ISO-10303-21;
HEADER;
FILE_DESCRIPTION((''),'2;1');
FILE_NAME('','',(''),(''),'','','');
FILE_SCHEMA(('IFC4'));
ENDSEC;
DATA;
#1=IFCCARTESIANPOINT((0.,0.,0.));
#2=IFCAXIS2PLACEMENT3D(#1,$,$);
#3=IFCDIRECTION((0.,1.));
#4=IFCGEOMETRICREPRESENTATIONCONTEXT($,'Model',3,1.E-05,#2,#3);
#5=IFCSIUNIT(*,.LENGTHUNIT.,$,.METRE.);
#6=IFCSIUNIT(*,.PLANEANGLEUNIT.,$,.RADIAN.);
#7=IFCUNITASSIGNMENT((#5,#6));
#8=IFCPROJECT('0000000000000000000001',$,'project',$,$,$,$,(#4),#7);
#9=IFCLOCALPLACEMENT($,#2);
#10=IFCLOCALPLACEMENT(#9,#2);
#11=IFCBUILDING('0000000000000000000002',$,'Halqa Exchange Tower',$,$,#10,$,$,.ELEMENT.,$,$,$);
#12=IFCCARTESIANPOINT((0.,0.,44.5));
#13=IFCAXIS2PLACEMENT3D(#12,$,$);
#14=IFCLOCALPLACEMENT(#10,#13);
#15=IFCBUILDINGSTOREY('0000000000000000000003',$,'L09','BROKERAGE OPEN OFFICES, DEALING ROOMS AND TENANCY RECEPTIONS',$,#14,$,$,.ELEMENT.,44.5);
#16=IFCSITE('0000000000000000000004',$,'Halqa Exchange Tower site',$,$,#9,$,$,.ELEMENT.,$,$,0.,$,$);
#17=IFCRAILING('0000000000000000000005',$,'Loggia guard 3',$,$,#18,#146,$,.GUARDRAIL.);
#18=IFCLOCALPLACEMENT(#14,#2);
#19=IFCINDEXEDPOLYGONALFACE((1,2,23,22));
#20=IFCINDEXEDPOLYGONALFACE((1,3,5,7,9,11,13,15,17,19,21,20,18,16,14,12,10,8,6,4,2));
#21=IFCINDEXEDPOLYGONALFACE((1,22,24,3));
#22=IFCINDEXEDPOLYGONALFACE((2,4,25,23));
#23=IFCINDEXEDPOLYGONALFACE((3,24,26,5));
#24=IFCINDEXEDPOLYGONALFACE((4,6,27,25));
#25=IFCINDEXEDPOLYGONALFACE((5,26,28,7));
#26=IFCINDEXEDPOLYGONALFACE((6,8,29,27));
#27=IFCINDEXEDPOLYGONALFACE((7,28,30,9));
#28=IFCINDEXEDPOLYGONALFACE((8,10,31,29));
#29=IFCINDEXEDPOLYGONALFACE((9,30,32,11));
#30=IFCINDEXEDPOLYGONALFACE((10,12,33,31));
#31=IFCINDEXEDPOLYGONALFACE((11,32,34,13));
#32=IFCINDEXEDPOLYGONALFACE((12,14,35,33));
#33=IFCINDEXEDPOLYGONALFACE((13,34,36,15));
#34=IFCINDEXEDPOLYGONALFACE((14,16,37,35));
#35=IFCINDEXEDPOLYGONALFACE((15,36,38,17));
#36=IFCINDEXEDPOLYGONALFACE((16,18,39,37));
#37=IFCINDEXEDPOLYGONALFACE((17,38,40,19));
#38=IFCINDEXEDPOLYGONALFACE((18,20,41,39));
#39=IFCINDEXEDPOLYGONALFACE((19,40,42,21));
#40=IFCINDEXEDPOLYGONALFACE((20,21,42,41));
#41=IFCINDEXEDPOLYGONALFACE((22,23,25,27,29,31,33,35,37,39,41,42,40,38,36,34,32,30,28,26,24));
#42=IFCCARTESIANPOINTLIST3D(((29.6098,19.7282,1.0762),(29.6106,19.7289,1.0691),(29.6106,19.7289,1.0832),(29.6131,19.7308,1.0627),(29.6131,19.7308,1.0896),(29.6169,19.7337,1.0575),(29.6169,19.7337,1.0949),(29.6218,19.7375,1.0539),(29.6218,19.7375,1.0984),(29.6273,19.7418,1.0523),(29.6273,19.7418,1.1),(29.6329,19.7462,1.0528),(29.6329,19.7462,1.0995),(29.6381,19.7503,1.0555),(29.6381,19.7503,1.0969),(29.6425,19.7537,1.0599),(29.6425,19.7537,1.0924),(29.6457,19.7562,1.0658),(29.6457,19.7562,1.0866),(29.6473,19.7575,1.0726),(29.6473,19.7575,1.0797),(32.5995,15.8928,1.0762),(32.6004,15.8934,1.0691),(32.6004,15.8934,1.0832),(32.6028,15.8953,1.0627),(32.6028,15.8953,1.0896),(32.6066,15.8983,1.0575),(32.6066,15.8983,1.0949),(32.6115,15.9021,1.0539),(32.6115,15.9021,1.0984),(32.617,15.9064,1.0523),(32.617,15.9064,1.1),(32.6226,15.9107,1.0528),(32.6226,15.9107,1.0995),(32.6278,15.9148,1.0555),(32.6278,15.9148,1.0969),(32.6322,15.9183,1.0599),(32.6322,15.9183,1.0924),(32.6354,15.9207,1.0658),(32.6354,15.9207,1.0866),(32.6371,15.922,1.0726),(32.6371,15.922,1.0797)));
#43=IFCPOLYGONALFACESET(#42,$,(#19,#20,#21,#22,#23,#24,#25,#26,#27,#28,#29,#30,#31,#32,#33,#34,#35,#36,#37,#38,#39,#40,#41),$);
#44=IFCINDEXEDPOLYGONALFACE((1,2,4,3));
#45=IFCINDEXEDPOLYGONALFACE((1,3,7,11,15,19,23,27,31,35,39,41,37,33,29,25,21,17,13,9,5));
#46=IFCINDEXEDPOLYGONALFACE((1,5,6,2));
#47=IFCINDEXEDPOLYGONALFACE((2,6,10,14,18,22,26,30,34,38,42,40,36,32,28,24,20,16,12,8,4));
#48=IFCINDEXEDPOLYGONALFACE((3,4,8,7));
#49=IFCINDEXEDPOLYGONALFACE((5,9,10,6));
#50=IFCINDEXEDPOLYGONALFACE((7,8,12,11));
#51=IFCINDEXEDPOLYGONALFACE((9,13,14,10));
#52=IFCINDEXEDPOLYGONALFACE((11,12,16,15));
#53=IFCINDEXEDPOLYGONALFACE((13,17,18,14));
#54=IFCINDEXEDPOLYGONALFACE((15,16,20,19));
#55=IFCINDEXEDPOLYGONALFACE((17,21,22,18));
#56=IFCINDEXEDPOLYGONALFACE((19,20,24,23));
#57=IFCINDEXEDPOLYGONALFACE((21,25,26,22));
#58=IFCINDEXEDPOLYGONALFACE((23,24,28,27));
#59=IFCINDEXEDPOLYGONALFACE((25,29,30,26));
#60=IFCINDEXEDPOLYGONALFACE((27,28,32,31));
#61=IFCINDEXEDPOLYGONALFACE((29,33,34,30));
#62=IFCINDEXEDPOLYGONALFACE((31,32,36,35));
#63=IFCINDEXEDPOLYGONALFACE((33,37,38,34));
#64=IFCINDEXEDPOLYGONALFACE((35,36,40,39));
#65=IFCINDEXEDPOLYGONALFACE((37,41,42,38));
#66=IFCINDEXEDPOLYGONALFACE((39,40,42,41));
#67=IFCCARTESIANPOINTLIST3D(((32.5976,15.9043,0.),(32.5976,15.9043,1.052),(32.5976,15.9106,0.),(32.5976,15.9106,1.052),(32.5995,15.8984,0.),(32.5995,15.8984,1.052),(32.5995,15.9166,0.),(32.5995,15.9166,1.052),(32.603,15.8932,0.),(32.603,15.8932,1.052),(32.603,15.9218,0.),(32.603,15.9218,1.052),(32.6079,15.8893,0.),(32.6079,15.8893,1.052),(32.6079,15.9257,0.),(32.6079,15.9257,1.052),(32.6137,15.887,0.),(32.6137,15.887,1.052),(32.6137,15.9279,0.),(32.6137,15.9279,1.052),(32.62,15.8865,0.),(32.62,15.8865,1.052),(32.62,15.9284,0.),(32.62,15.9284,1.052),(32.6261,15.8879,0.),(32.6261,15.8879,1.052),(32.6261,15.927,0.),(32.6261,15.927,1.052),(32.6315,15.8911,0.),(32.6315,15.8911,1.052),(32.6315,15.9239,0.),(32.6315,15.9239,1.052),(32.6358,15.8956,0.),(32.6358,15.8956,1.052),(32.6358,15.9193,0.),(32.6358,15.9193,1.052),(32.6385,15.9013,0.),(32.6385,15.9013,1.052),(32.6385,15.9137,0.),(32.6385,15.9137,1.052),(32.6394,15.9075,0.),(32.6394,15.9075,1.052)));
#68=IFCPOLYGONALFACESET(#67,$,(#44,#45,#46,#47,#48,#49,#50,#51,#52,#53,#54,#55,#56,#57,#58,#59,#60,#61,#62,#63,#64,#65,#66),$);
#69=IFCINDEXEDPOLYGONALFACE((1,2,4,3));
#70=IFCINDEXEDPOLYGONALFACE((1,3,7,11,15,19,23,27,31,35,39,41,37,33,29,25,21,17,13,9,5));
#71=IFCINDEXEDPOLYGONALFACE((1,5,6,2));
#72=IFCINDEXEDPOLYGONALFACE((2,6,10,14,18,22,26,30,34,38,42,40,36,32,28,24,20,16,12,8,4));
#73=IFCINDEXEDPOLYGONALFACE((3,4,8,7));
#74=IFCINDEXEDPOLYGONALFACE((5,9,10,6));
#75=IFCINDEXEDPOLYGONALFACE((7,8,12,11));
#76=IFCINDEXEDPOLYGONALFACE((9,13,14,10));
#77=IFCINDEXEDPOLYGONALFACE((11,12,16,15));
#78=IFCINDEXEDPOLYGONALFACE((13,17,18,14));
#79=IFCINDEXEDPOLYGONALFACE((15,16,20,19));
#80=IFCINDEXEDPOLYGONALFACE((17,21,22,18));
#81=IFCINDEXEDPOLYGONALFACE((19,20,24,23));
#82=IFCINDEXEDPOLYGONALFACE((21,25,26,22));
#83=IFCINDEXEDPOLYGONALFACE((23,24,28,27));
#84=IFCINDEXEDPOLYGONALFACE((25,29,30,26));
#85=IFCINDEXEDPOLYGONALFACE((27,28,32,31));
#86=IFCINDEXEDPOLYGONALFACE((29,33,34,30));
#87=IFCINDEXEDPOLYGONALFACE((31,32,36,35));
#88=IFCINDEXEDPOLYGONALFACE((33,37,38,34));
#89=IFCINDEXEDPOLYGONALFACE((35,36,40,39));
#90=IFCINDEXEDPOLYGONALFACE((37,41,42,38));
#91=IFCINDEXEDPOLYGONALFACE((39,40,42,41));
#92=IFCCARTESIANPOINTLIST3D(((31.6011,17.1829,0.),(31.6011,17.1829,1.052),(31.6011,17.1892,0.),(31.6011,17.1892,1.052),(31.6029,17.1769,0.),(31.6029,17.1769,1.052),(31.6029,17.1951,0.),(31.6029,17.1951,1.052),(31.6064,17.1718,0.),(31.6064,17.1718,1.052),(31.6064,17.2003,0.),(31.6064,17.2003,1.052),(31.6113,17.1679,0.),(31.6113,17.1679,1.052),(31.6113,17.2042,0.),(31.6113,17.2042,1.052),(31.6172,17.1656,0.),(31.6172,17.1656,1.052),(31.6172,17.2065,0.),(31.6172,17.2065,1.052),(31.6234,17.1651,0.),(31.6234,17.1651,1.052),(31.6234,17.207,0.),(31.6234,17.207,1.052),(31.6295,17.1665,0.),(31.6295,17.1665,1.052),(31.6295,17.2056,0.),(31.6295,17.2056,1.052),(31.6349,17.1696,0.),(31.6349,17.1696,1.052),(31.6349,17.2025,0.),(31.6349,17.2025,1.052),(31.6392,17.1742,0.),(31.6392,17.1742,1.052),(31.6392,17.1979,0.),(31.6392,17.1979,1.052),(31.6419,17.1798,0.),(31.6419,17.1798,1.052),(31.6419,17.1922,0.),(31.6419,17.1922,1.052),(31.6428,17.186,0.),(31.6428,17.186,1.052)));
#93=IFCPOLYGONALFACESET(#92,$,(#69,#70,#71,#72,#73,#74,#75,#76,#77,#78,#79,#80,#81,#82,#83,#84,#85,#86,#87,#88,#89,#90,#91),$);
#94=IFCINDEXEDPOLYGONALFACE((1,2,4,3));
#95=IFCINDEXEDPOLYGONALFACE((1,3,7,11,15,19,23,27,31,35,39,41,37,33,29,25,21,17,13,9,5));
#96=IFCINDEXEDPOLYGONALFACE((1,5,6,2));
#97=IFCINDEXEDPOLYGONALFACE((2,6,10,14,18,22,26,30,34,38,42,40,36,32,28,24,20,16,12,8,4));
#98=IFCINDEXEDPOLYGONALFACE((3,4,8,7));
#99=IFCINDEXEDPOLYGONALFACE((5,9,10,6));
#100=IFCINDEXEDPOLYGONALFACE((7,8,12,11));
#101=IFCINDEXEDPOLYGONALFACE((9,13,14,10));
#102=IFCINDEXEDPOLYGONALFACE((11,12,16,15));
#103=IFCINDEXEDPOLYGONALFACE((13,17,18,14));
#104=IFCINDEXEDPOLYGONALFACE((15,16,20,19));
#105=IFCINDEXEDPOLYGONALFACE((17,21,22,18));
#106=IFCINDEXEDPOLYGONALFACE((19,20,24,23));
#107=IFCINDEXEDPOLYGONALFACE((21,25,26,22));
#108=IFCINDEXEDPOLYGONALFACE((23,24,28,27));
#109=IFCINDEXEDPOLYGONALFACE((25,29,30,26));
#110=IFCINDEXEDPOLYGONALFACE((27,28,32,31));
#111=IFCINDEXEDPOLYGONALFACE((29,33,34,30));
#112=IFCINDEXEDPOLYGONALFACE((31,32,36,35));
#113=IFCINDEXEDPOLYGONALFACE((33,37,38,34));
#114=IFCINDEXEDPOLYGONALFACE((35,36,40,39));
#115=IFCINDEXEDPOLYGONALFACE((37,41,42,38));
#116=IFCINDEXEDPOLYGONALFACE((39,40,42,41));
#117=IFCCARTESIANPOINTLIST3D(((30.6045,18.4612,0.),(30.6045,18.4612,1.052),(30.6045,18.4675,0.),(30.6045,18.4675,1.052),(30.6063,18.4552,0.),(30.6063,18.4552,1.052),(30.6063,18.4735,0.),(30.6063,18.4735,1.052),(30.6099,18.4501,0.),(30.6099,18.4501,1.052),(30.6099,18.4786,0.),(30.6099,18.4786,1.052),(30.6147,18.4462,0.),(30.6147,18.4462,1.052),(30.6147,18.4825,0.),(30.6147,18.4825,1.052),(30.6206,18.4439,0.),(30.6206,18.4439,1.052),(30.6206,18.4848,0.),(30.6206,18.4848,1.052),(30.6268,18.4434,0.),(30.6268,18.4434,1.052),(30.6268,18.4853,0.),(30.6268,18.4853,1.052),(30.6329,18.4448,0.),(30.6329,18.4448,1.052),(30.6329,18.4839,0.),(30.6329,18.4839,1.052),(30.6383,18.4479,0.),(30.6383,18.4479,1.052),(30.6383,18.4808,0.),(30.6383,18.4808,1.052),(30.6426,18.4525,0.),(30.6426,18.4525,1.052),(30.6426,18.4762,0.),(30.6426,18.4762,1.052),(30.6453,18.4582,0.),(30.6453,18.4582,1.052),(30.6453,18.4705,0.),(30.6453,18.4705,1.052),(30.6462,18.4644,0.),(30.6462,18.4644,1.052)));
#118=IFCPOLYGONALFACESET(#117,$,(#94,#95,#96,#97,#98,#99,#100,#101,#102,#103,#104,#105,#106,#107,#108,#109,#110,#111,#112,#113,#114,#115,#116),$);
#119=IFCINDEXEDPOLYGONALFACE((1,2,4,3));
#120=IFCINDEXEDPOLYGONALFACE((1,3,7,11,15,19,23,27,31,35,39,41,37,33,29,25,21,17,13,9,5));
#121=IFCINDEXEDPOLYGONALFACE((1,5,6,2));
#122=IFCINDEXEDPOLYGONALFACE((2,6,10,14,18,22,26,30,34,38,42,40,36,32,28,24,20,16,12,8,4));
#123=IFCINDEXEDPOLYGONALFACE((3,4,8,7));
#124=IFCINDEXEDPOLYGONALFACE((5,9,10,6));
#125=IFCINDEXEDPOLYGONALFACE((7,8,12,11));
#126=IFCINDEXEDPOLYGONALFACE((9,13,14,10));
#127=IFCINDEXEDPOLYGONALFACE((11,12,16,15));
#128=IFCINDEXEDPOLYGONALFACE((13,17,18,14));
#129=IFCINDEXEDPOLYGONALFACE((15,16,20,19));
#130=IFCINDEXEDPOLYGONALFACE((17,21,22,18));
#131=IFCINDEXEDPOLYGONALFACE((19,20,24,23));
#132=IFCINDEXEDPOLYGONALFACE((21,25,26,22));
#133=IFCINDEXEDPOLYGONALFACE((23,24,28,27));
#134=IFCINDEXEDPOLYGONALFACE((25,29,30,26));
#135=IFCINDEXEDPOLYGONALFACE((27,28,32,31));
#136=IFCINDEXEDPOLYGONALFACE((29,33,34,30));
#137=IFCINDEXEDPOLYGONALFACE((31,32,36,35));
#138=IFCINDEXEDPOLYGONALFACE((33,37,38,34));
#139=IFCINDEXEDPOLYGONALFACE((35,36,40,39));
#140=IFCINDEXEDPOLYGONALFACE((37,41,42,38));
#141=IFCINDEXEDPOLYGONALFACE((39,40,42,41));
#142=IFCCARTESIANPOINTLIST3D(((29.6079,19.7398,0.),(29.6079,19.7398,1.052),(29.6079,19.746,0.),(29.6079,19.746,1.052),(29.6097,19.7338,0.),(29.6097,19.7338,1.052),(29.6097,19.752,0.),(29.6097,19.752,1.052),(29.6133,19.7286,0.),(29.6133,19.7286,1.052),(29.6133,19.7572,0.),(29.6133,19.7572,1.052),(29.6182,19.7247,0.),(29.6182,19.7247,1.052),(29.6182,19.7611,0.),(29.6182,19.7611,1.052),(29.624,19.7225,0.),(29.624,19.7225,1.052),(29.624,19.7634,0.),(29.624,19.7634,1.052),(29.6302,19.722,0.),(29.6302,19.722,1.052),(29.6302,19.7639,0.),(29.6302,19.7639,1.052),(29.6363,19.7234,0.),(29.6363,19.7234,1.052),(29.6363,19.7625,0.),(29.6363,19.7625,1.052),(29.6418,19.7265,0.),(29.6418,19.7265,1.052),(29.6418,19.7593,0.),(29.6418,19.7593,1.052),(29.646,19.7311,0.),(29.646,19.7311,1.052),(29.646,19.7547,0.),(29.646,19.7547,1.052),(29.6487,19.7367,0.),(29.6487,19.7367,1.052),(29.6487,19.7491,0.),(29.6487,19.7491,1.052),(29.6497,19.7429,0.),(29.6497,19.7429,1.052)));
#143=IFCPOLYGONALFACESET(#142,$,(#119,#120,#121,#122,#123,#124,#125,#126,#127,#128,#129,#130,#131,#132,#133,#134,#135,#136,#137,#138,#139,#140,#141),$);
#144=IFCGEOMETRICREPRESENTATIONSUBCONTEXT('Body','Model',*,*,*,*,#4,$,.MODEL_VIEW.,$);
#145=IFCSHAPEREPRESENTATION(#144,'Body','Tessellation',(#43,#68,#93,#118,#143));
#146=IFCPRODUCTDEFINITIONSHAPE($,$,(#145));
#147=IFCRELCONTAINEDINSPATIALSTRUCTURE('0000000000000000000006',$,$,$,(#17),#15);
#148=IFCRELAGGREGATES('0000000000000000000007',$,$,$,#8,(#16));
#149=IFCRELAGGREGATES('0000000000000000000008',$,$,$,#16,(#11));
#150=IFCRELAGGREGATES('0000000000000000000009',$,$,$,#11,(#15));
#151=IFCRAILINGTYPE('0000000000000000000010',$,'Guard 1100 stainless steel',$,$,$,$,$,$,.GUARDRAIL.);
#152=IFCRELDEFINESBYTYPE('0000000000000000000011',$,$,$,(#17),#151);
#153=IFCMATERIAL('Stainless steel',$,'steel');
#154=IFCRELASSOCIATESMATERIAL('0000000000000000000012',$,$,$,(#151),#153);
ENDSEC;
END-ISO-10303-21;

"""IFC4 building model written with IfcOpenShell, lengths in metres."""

from ifc_helpers import new_model, si_unit, direction, frame, origin, origin_2d, place, context, subcontext, project, spatial, circle, extrude, material, type_object, element, save


model = new_model("IFC4")

# Units and contexts
model_context = context("Model", 3, precision=1e-05, world=origin(), true_north=direction((0.0, 1.0)))
body_context = subcontext(model_context, "Body", "Model", "MODEL_VIEW")
ifc_project = project(units=[si_unit("LENGTHUNIT", "METRE"), si_unit("PLANEANGLEUNIT", "RADIAN")], contexts=[model_context])

# Site, building, storey
site_placement = place(None, origin())
site = spatial("IfcSite", under=ifc_project, at=site_placement, Name="Halqa Exchange Tower site", CompositionType="ELEMENT", RefElevation=0.0)
building_placement = place(site_placement, origin())
building = spatial("IfcBuilding", under=site, at=building_placement, Name="Halqa Exchange Tower", CompositionType="ELEMENT")
storey_placement = place(building_placement, frame((0.0, 0.0, 44.5)))
storey = spatial("IfcBuildingStorey", under=building, at=storey_placement, Name="L09", Description="BROKERAGE OPEN OFFICES, DEALING ROOMS AND TENANCY RECEPTIONS", CompositionType="ELEMENT", Elevation=44.5)

# Railing
ifc_material_1 = material(Name="Stainless steel", Category="steel")
railing_type = type_object("IfcRailingType", Name="Guard 1100 stainless steel", PredefinedType="GUARDRAIL", material=ifc_material_1)
railing_1_placement = place(storey_placement, frame((32.6184, 15.9075, 0.0)))
element("IfcRailing", 1, at=railing_1_placement, inside=storey, type_object=railing_type, Name="Loggia guard 3", PredefinedType="GUARDRAIL", context=body_context, shape_type="SweptSolid", body=[
    extrude(circle(Radius=0.0239, at=origin_2d()), frame((0.0, 0.0, 1.0762), z_axis=(-0.614788, 0.788692, 0.0), x_axis=(-0.788692, -0.614788, 0.0)), (0.0, 0.0, 1.0), 4.863),
    extrude(circle(Radius=0.021, at=origin_2d()), origin(), (0.0, 0.0, 1.0), 1.052),
    extrude(circle(Radius=0.021, at=origin_2d()), frame((-0.9966, 1.2786, 0.0)), (0.0, 0.0, 1.0), 1.052),
    extrude(circle(Radius=0.021, at=origin_2d()), frame((-1.9932, 2.5569, 0.0)), (0.0, 0.0, 1.0), 1.052),
    extrude(circle(Radius=0.021, at=origin_2d()), frame((-2.9897, 3.8354, 0.0)), (0.0, 0.0, 1.0), 1.052),
])

save(model, "model.ifc")
